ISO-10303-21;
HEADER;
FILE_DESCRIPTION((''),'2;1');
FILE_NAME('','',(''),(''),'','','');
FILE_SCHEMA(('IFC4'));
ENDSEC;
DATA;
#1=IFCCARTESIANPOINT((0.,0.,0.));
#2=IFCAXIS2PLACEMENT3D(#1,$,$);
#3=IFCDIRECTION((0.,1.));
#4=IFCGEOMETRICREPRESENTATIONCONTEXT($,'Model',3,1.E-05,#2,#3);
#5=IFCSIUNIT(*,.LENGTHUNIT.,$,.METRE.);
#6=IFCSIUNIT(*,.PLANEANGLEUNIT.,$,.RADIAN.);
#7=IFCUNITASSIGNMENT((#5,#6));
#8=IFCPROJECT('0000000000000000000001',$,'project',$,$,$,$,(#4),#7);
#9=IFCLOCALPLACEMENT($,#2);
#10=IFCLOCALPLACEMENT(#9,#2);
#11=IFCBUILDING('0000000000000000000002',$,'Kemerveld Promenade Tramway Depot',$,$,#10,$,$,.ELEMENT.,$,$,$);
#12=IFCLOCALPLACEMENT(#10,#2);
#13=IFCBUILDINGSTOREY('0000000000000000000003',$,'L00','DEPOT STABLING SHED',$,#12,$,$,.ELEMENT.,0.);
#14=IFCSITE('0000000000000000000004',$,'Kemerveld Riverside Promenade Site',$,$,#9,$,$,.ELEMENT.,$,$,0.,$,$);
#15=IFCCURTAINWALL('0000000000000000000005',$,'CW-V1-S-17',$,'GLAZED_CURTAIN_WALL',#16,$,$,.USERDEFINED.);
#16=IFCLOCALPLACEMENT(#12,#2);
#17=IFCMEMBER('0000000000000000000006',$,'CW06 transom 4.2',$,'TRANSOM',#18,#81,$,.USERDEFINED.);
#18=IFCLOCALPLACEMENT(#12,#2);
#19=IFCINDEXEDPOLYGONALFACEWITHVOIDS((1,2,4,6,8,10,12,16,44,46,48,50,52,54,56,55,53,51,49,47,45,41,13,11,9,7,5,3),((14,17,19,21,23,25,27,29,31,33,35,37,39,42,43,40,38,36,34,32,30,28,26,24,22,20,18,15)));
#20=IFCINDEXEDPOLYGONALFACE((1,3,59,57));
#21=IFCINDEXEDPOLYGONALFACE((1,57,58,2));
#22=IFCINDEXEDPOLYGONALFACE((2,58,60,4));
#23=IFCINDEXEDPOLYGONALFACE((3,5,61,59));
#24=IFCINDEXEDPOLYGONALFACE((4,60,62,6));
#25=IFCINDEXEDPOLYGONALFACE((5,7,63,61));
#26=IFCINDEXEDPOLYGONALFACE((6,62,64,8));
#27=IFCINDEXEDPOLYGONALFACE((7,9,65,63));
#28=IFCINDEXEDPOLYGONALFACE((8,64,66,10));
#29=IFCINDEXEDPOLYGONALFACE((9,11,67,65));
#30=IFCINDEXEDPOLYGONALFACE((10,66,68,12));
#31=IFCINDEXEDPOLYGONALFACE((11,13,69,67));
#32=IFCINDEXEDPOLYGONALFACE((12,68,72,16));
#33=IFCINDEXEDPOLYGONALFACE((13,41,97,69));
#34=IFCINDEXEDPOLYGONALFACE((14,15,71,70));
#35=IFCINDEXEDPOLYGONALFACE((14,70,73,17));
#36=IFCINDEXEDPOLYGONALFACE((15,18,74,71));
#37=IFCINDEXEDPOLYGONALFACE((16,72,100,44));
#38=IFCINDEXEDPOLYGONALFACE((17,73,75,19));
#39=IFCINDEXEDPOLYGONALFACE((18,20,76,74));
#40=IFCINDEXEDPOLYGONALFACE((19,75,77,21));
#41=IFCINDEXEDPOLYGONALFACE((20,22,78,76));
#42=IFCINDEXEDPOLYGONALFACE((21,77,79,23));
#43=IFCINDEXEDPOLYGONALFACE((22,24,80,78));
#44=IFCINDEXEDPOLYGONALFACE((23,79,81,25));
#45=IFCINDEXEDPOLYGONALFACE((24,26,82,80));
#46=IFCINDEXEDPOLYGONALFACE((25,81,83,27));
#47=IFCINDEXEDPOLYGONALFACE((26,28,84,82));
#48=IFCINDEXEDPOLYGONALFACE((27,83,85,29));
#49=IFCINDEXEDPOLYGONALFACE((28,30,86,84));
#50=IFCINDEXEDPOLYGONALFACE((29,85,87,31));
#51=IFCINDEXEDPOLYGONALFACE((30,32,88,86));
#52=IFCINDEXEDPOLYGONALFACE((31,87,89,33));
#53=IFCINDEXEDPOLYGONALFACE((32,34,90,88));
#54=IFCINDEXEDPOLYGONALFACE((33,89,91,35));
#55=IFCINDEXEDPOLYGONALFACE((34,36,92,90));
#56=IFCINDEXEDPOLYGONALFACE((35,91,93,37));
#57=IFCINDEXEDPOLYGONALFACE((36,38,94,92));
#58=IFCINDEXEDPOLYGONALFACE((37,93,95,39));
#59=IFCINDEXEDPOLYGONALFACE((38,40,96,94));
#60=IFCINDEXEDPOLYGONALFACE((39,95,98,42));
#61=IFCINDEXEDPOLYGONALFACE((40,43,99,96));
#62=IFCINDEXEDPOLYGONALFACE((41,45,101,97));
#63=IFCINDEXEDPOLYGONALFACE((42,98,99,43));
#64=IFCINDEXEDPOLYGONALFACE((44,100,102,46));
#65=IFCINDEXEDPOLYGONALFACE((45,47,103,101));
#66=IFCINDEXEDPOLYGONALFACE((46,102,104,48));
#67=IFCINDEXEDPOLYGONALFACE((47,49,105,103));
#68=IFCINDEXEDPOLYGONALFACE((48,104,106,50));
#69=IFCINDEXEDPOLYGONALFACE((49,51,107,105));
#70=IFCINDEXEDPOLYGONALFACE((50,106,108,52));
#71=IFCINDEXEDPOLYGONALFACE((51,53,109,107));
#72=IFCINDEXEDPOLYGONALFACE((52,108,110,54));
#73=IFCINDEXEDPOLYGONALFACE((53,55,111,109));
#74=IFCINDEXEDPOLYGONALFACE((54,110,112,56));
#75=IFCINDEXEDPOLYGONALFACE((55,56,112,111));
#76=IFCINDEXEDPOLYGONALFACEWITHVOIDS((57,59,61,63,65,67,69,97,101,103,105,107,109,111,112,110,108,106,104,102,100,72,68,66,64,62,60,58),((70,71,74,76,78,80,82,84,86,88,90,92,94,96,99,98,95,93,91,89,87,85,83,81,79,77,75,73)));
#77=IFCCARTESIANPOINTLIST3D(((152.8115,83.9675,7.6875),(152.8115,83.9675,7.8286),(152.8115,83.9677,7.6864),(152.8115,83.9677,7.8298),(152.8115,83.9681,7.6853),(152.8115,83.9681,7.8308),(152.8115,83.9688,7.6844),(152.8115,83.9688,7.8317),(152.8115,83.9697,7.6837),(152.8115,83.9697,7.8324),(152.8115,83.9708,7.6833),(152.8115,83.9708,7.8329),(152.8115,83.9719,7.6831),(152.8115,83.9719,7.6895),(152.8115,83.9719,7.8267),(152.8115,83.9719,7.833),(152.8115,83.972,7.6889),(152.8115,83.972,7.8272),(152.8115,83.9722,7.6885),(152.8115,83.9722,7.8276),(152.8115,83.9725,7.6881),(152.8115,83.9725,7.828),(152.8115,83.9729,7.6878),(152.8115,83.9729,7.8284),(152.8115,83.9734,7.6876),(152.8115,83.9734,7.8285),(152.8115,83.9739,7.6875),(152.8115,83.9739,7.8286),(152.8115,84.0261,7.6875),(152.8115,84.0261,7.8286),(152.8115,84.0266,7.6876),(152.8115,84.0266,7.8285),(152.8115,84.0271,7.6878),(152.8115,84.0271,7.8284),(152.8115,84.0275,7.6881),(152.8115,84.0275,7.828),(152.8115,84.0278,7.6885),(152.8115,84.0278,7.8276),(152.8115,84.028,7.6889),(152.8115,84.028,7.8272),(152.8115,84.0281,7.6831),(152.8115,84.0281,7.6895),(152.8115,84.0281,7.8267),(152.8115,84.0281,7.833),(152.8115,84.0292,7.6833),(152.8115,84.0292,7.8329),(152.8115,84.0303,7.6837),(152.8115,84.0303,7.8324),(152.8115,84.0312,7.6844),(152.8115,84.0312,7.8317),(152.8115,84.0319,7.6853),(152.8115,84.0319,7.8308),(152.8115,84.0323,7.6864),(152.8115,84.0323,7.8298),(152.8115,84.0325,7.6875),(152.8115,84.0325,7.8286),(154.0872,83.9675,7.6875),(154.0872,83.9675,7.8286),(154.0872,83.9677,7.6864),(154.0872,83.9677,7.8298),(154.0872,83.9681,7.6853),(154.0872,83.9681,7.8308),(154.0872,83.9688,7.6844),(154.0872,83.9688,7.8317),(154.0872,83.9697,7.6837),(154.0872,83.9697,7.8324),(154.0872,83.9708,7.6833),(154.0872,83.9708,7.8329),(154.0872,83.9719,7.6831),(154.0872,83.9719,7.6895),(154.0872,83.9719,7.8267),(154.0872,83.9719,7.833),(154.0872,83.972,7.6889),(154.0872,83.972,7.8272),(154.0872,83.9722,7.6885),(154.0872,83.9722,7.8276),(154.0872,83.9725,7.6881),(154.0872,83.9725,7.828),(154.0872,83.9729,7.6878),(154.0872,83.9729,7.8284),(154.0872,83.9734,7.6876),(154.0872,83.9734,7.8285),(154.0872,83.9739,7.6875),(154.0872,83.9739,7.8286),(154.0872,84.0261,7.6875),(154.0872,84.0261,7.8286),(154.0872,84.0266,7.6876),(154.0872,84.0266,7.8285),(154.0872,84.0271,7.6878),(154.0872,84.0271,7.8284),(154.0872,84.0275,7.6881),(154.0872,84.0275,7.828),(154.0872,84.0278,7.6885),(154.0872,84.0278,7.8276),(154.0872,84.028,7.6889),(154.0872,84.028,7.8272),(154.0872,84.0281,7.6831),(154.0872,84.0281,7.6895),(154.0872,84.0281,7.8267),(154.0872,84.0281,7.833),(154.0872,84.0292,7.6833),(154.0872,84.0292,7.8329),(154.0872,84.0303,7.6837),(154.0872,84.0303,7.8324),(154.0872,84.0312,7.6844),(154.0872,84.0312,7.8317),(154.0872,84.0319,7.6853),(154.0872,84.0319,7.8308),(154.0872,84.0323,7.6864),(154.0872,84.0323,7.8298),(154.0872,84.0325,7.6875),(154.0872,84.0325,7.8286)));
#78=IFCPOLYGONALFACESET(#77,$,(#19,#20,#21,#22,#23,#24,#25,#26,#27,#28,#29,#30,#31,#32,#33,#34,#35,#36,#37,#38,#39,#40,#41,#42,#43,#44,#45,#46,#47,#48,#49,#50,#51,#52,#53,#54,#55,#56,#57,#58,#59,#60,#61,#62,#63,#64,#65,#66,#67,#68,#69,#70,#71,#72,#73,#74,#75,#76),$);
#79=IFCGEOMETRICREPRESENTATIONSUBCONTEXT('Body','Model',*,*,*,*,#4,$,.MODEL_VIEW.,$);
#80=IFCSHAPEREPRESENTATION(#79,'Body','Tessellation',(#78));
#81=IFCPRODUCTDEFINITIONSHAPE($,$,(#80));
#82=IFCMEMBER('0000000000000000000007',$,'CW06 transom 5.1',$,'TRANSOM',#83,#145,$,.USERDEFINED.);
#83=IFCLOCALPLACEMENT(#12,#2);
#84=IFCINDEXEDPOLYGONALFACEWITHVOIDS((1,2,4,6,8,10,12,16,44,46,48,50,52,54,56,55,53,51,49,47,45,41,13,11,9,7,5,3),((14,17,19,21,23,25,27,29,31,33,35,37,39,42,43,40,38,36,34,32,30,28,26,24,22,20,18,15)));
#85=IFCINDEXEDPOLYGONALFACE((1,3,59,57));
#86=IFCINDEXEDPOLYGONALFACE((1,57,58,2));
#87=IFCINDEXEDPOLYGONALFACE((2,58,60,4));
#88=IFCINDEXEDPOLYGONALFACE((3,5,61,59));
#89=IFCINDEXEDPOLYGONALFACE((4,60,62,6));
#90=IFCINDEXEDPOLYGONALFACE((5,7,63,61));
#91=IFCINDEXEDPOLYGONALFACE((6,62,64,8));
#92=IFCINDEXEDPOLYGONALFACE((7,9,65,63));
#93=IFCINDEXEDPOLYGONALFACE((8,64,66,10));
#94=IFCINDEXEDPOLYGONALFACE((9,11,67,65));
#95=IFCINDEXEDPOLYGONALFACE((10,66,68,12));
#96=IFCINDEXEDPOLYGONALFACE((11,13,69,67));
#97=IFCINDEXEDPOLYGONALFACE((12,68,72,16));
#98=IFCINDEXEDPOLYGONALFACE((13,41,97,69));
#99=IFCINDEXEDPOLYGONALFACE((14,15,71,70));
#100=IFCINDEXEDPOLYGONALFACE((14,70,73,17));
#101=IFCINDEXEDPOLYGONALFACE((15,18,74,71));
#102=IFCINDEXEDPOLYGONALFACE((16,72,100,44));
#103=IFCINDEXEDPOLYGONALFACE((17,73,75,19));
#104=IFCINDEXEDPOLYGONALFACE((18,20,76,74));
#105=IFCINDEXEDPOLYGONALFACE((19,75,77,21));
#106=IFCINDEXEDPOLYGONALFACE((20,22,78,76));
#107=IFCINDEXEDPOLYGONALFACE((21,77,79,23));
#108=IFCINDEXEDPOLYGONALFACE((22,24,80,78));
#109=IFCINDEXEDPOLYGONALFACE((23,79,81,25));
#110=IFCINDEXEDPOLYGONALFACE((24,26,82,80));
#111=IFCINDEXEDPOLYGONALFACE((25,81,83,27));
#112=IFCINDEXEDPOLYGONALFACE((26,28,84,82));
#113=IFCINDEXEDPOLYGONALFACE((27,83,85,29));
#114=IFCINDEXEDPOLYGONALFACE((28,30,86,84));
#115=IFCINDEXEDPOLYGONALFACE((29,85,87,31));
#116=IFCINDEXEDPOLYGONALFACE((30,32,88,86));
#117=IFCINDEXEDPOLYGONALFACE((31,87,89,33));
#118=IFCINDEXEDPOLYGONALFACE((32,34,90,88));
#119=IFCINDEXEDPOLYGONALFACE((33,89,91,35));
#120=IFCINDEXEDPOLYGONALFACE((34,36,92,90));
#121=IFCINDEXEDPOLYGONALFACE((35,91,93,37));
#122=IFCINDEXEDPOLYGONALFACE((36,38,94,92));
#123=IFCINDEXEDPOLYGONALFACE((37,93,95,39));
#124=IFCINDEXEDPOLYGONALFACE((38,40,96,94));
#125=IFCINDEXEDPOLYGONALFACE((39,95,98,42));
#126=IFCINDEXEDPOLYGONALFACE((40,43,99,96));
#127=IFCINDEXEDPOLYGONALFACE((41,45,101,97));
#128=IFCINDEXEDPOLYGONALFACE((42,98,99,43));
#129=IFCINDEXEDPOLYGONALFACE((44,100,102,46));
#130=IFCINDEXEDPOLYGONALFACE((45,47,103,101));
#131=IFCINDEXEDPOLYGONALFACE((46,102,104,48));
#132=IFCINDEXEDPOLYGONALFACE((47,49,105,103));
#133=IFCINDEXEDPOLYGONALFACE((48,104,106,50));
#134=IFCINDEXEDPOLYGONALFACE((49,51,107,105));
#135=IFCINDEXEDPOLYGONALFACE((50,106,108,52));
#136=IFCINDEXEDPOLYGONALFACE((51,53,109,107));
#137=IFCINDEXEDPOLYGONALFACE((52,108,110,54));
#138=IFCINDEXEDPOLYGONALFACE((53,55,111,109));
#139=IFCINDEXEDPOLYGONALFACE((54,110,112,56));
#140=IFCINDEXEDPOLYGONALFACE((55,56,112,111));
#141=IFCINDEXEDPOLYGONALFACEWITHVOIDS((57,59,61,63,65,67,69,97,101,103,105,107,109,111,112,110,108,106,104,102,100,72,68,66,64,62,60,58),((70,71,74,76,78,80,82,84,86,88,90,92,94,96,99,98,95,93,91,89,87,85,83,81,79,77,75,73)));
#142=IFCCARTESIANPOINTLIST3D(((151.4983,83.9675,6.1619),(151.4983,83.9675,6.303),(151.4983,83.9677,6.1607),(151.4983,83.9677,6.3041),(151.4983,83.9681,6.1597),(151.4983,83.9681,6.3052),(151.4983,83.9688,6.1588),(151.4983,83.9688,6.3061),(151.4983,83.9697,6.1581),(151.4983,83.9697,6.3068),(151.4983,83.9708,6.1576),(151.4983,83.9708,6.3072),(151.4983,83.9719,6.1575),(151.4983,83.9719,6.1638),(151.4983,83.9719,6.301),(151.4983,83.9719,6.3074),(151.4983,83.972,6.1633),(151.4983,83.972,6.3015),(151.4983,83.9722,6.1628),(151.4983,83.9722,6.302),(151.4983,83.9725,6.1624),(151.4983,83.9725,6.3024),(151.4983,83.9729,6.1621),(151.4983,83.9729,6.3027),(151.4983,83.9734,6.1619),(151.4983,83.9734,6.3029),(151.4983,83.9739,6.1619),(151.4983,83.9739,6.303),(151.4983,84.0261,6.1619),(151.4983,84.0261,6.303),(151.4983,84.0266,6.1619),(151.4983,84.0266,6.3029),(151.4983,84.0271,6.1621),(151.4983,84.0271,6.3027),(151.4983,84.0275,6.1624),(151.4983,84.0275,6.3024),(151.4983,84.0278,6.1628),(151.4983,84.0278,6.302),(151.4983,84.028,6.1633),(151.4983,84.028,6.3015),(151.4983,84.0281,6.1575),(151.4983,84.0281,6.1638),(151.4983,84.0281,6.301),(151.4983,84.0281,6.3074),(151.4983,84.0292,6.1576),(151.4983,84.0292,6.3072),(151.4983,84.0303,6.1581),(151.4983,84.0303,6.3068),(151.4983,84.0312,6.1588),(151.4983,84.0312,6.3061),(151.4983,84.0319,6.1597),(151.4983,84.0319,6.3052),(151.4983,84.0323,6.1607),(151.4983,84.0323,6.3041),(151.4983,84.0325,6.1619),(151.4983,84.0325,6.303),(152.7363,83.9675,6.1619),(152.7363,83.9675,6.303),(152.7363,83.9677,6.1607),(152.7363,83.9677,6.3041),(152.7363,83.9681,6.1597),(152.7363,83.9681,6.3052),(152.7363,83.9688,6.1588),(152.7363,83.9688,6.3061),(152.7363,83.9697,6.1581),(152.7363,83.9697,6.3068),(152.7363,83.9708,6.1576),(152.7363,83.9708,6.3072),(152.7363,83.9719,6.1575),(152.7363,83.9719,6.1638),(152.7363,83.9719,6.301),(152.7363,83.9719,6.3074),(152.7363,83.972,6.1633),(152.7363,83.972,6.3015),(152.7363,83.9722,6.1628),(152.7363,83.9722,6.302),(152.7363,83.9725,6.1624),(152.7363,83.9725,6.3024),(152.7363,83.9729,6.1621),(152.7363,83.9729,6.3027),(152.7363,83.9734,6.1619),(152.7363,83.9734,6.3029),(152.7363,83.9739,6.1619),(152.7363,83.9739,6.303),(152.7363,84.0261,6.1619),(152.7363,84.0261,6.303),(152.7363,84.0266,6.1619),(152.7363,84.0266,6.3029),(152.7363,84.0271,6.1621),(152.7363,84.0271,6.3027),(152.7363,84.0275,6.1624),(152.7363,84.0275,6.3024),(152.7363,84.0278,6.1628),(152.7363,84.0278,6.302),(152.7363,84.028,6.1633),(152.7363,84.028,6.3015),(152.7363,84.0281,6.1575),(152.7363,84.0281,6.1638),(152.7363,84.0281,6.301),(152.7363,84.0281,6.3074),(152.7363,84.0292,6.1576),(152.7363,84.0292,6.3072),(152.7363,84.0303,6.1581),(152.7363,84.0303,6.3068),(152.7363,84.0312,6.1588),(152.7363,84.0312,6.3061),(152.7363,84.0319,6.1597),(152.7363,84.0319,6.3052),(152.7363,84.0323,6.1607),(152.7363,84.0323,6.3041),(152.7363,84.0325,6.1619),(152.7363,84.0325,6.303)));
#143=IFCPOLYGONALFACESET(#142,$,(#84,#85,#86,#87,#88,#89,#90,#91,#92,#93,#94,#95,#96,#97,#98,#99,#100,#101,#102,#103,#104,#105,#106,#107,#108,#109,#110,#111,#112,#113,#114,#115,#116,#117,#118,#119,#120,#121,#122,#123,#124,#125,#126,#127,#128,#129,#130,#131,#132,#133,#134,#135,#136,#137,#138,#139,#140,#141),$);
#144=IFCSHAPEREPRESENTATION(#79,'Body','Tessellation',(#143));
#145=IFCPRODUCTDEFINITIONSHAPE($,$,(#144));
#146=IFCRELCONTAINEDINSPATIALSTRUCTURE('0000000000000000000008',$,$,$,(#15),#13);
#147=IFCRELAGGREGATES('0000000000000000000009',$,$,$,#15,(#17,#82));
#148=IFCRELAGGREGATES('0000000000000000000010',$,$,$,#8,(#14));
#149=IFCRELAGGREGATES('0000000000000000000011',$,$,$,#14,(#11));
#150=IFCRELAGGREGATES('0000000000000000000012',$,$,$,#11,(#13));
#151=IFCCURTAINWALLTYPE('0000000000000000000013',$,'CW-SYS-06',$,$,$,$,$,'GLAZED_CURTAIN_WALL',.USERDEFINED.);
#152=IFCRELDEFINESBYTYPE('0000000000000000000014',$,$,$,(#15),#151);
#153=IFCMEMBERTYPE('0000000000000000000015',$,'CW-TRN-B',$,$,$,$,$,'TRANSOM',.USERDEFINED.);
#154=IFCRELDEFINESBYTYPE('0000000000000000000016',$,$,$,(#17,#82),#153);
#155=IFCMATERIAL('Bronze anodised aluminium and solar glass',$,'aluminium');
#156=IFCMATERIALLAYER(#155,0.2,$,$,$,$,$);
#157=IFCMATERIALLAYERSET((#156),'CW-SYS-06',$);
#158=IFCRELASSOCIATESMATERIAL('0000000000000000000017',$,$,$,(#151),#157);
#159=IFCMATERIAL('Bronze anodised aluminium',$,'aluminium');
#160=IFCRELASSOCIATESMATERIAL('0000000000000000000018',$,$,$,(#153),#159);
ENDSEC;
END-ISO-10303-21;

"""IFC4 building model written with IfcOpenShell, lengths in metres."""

from ifc_helpers import new_model, si_unit, direction, frame, origin, origin_2d, place, context, subcontext, project, spatial, hollow_rectangle, extrude, material, layer, layer_set, material_profile, profile_set, type_object, element, aggregate, save


model = new_model("IFC4")

# Units and contexts
model_context = context("Model", 3, precision=1e-05, world=origin(), true_north=direction((0.0, 1.0)))
body_context = subcontext(model_context, "Body", "Model", "MODEL_VIEW")
ifc_project = project(units=[si_unit("LENGTHUNIT", "METRE"), si_unit("PLANEANGLEUNIT", "RADIAN")], contexts=[model_context])

# Site, building, storey
site_placement = place(None, origin())
site = spatial("IfcSite", under=ifc_project, at=site_placement, Name="Kemerveld Riverside Promenade Site", CompositionType="ELEMENT", RefElevation=0.0)
building_placement = place(site_placement, origin())
building = spatial("IfcBuilding", under=site, at=building_placement, Name="Kemerveld Promenade Tramway Depot", CompositionType="ELEMENT")
storey_placement = place(building_placement, origin())
storey = spatial("IfcBuildingStorey", under=building, at=storey_placement, Name="L00", Description="DEPOT STABLING SHED", CompositionType="ELEMENT", Elevation=0.0)

# Shared definitions
ifc_material_1 = material(Name="Bronze anodised aluminium and solar glass", Category="aluminium")
ifc_material_2 = material(Name="Bronze anodised aluminium", Category="aluminium")

# Curtain wall
ifc_layer_1 = layer(ifc_material_1, 0.2)
ifc_layer_set_1 = layer_set([ifc_layer_1], Name="CW-SYS-06")
curtain_wall_type_1 = type_object("IfcCurtainWallType", Name="CW-SYS-06", ElementType="GLAZED_CURTAIN_WALL", PredefinedType="USERDEFINED", material=ifc_layer_set_1)
curtain_wall_1_placement = place(storey_placement, origin())
curtain_wall_1 = element("IfcCurtainWall", 1, at=curtain_wall_1_placement, inside=storey, type_object=curtain_wall_type_1, Name="CW-V1-S-17", ObjectType="GLAZED_CURTAIN_WALL", PredefinedType="USERDEFINED")

# Members
ifc_material_profile_1 = material_profile(ifc_material_2, hollow_rectangle(XDim=0.0649, YDim=0.1499, WallThickness=0.0044, InnerFilletRadius=0.002, OuterFilletRadius=0.0044, at=origin_2d()), Name="CW-TRN-150x65")
ifc_profile_set_1 = profile_set([ifc_material_profile_1], Name="Bronze anodised aluminium")
member_type_1 = type_object("IfcMemberType", Name="CW-TRN-B", ElementType="TRANSOM", PredefinedType="USERDEFINED", material=ifc_profile_set_1)
member_1_placement = place(storey_placement, frame((154.0872, 84.0, 7.7581), z_axis=(-1.0, 0.0, 0.0), x_axis=(0.0, -1.0, 0.0)))
member_1 = element("IfcMember", 2, at=member_1_placement, type_object=member_type_1, Name="CW06 transom 4.2", ObjectType="TRANSOM", PredefinedType="USERDEFINED", context=body_context, shape_type="SweptSolid", body=[
    extrude(hollow_rectangle(XDim=0.0649, YDim=0.1499, WallThickness=0.0044, InnerFilletRadius=0.002, OuterFilletRadius=0.0044, at=origin_2d()), origin(), (0.0, 0.0, 1.0), 1.2756),
])
member_2_placement = place(storey_placement, frame((152.7363, 84.0, 6.2324), z_axis=(-1.0, 0.0, 0.0), x_axis=(0.0, -1.0, 0.0)))
member_2 = element("IfcMember", 3, at=member_2_placement, type_object=member_type_1, Name="CW06 transom 5.1", ObjectType="TRANSOM", PredefinedType="USERDEFINED", context=body_context, shape_type="SweptSolid", body=[
    extrude(hollow_rectangle(XDim=0.0649, YDim=0.1499, WallThickness=0.0044, InnerFilletRadius=0.002, OuterFilletRadius=0.0044, at=origin_2d()), origin(), (0.0, 0.0, 1.0), 1.238),
])

aggregate(curtain_wall_1, [member_1, member_2])

save(model, "model.ifc")
